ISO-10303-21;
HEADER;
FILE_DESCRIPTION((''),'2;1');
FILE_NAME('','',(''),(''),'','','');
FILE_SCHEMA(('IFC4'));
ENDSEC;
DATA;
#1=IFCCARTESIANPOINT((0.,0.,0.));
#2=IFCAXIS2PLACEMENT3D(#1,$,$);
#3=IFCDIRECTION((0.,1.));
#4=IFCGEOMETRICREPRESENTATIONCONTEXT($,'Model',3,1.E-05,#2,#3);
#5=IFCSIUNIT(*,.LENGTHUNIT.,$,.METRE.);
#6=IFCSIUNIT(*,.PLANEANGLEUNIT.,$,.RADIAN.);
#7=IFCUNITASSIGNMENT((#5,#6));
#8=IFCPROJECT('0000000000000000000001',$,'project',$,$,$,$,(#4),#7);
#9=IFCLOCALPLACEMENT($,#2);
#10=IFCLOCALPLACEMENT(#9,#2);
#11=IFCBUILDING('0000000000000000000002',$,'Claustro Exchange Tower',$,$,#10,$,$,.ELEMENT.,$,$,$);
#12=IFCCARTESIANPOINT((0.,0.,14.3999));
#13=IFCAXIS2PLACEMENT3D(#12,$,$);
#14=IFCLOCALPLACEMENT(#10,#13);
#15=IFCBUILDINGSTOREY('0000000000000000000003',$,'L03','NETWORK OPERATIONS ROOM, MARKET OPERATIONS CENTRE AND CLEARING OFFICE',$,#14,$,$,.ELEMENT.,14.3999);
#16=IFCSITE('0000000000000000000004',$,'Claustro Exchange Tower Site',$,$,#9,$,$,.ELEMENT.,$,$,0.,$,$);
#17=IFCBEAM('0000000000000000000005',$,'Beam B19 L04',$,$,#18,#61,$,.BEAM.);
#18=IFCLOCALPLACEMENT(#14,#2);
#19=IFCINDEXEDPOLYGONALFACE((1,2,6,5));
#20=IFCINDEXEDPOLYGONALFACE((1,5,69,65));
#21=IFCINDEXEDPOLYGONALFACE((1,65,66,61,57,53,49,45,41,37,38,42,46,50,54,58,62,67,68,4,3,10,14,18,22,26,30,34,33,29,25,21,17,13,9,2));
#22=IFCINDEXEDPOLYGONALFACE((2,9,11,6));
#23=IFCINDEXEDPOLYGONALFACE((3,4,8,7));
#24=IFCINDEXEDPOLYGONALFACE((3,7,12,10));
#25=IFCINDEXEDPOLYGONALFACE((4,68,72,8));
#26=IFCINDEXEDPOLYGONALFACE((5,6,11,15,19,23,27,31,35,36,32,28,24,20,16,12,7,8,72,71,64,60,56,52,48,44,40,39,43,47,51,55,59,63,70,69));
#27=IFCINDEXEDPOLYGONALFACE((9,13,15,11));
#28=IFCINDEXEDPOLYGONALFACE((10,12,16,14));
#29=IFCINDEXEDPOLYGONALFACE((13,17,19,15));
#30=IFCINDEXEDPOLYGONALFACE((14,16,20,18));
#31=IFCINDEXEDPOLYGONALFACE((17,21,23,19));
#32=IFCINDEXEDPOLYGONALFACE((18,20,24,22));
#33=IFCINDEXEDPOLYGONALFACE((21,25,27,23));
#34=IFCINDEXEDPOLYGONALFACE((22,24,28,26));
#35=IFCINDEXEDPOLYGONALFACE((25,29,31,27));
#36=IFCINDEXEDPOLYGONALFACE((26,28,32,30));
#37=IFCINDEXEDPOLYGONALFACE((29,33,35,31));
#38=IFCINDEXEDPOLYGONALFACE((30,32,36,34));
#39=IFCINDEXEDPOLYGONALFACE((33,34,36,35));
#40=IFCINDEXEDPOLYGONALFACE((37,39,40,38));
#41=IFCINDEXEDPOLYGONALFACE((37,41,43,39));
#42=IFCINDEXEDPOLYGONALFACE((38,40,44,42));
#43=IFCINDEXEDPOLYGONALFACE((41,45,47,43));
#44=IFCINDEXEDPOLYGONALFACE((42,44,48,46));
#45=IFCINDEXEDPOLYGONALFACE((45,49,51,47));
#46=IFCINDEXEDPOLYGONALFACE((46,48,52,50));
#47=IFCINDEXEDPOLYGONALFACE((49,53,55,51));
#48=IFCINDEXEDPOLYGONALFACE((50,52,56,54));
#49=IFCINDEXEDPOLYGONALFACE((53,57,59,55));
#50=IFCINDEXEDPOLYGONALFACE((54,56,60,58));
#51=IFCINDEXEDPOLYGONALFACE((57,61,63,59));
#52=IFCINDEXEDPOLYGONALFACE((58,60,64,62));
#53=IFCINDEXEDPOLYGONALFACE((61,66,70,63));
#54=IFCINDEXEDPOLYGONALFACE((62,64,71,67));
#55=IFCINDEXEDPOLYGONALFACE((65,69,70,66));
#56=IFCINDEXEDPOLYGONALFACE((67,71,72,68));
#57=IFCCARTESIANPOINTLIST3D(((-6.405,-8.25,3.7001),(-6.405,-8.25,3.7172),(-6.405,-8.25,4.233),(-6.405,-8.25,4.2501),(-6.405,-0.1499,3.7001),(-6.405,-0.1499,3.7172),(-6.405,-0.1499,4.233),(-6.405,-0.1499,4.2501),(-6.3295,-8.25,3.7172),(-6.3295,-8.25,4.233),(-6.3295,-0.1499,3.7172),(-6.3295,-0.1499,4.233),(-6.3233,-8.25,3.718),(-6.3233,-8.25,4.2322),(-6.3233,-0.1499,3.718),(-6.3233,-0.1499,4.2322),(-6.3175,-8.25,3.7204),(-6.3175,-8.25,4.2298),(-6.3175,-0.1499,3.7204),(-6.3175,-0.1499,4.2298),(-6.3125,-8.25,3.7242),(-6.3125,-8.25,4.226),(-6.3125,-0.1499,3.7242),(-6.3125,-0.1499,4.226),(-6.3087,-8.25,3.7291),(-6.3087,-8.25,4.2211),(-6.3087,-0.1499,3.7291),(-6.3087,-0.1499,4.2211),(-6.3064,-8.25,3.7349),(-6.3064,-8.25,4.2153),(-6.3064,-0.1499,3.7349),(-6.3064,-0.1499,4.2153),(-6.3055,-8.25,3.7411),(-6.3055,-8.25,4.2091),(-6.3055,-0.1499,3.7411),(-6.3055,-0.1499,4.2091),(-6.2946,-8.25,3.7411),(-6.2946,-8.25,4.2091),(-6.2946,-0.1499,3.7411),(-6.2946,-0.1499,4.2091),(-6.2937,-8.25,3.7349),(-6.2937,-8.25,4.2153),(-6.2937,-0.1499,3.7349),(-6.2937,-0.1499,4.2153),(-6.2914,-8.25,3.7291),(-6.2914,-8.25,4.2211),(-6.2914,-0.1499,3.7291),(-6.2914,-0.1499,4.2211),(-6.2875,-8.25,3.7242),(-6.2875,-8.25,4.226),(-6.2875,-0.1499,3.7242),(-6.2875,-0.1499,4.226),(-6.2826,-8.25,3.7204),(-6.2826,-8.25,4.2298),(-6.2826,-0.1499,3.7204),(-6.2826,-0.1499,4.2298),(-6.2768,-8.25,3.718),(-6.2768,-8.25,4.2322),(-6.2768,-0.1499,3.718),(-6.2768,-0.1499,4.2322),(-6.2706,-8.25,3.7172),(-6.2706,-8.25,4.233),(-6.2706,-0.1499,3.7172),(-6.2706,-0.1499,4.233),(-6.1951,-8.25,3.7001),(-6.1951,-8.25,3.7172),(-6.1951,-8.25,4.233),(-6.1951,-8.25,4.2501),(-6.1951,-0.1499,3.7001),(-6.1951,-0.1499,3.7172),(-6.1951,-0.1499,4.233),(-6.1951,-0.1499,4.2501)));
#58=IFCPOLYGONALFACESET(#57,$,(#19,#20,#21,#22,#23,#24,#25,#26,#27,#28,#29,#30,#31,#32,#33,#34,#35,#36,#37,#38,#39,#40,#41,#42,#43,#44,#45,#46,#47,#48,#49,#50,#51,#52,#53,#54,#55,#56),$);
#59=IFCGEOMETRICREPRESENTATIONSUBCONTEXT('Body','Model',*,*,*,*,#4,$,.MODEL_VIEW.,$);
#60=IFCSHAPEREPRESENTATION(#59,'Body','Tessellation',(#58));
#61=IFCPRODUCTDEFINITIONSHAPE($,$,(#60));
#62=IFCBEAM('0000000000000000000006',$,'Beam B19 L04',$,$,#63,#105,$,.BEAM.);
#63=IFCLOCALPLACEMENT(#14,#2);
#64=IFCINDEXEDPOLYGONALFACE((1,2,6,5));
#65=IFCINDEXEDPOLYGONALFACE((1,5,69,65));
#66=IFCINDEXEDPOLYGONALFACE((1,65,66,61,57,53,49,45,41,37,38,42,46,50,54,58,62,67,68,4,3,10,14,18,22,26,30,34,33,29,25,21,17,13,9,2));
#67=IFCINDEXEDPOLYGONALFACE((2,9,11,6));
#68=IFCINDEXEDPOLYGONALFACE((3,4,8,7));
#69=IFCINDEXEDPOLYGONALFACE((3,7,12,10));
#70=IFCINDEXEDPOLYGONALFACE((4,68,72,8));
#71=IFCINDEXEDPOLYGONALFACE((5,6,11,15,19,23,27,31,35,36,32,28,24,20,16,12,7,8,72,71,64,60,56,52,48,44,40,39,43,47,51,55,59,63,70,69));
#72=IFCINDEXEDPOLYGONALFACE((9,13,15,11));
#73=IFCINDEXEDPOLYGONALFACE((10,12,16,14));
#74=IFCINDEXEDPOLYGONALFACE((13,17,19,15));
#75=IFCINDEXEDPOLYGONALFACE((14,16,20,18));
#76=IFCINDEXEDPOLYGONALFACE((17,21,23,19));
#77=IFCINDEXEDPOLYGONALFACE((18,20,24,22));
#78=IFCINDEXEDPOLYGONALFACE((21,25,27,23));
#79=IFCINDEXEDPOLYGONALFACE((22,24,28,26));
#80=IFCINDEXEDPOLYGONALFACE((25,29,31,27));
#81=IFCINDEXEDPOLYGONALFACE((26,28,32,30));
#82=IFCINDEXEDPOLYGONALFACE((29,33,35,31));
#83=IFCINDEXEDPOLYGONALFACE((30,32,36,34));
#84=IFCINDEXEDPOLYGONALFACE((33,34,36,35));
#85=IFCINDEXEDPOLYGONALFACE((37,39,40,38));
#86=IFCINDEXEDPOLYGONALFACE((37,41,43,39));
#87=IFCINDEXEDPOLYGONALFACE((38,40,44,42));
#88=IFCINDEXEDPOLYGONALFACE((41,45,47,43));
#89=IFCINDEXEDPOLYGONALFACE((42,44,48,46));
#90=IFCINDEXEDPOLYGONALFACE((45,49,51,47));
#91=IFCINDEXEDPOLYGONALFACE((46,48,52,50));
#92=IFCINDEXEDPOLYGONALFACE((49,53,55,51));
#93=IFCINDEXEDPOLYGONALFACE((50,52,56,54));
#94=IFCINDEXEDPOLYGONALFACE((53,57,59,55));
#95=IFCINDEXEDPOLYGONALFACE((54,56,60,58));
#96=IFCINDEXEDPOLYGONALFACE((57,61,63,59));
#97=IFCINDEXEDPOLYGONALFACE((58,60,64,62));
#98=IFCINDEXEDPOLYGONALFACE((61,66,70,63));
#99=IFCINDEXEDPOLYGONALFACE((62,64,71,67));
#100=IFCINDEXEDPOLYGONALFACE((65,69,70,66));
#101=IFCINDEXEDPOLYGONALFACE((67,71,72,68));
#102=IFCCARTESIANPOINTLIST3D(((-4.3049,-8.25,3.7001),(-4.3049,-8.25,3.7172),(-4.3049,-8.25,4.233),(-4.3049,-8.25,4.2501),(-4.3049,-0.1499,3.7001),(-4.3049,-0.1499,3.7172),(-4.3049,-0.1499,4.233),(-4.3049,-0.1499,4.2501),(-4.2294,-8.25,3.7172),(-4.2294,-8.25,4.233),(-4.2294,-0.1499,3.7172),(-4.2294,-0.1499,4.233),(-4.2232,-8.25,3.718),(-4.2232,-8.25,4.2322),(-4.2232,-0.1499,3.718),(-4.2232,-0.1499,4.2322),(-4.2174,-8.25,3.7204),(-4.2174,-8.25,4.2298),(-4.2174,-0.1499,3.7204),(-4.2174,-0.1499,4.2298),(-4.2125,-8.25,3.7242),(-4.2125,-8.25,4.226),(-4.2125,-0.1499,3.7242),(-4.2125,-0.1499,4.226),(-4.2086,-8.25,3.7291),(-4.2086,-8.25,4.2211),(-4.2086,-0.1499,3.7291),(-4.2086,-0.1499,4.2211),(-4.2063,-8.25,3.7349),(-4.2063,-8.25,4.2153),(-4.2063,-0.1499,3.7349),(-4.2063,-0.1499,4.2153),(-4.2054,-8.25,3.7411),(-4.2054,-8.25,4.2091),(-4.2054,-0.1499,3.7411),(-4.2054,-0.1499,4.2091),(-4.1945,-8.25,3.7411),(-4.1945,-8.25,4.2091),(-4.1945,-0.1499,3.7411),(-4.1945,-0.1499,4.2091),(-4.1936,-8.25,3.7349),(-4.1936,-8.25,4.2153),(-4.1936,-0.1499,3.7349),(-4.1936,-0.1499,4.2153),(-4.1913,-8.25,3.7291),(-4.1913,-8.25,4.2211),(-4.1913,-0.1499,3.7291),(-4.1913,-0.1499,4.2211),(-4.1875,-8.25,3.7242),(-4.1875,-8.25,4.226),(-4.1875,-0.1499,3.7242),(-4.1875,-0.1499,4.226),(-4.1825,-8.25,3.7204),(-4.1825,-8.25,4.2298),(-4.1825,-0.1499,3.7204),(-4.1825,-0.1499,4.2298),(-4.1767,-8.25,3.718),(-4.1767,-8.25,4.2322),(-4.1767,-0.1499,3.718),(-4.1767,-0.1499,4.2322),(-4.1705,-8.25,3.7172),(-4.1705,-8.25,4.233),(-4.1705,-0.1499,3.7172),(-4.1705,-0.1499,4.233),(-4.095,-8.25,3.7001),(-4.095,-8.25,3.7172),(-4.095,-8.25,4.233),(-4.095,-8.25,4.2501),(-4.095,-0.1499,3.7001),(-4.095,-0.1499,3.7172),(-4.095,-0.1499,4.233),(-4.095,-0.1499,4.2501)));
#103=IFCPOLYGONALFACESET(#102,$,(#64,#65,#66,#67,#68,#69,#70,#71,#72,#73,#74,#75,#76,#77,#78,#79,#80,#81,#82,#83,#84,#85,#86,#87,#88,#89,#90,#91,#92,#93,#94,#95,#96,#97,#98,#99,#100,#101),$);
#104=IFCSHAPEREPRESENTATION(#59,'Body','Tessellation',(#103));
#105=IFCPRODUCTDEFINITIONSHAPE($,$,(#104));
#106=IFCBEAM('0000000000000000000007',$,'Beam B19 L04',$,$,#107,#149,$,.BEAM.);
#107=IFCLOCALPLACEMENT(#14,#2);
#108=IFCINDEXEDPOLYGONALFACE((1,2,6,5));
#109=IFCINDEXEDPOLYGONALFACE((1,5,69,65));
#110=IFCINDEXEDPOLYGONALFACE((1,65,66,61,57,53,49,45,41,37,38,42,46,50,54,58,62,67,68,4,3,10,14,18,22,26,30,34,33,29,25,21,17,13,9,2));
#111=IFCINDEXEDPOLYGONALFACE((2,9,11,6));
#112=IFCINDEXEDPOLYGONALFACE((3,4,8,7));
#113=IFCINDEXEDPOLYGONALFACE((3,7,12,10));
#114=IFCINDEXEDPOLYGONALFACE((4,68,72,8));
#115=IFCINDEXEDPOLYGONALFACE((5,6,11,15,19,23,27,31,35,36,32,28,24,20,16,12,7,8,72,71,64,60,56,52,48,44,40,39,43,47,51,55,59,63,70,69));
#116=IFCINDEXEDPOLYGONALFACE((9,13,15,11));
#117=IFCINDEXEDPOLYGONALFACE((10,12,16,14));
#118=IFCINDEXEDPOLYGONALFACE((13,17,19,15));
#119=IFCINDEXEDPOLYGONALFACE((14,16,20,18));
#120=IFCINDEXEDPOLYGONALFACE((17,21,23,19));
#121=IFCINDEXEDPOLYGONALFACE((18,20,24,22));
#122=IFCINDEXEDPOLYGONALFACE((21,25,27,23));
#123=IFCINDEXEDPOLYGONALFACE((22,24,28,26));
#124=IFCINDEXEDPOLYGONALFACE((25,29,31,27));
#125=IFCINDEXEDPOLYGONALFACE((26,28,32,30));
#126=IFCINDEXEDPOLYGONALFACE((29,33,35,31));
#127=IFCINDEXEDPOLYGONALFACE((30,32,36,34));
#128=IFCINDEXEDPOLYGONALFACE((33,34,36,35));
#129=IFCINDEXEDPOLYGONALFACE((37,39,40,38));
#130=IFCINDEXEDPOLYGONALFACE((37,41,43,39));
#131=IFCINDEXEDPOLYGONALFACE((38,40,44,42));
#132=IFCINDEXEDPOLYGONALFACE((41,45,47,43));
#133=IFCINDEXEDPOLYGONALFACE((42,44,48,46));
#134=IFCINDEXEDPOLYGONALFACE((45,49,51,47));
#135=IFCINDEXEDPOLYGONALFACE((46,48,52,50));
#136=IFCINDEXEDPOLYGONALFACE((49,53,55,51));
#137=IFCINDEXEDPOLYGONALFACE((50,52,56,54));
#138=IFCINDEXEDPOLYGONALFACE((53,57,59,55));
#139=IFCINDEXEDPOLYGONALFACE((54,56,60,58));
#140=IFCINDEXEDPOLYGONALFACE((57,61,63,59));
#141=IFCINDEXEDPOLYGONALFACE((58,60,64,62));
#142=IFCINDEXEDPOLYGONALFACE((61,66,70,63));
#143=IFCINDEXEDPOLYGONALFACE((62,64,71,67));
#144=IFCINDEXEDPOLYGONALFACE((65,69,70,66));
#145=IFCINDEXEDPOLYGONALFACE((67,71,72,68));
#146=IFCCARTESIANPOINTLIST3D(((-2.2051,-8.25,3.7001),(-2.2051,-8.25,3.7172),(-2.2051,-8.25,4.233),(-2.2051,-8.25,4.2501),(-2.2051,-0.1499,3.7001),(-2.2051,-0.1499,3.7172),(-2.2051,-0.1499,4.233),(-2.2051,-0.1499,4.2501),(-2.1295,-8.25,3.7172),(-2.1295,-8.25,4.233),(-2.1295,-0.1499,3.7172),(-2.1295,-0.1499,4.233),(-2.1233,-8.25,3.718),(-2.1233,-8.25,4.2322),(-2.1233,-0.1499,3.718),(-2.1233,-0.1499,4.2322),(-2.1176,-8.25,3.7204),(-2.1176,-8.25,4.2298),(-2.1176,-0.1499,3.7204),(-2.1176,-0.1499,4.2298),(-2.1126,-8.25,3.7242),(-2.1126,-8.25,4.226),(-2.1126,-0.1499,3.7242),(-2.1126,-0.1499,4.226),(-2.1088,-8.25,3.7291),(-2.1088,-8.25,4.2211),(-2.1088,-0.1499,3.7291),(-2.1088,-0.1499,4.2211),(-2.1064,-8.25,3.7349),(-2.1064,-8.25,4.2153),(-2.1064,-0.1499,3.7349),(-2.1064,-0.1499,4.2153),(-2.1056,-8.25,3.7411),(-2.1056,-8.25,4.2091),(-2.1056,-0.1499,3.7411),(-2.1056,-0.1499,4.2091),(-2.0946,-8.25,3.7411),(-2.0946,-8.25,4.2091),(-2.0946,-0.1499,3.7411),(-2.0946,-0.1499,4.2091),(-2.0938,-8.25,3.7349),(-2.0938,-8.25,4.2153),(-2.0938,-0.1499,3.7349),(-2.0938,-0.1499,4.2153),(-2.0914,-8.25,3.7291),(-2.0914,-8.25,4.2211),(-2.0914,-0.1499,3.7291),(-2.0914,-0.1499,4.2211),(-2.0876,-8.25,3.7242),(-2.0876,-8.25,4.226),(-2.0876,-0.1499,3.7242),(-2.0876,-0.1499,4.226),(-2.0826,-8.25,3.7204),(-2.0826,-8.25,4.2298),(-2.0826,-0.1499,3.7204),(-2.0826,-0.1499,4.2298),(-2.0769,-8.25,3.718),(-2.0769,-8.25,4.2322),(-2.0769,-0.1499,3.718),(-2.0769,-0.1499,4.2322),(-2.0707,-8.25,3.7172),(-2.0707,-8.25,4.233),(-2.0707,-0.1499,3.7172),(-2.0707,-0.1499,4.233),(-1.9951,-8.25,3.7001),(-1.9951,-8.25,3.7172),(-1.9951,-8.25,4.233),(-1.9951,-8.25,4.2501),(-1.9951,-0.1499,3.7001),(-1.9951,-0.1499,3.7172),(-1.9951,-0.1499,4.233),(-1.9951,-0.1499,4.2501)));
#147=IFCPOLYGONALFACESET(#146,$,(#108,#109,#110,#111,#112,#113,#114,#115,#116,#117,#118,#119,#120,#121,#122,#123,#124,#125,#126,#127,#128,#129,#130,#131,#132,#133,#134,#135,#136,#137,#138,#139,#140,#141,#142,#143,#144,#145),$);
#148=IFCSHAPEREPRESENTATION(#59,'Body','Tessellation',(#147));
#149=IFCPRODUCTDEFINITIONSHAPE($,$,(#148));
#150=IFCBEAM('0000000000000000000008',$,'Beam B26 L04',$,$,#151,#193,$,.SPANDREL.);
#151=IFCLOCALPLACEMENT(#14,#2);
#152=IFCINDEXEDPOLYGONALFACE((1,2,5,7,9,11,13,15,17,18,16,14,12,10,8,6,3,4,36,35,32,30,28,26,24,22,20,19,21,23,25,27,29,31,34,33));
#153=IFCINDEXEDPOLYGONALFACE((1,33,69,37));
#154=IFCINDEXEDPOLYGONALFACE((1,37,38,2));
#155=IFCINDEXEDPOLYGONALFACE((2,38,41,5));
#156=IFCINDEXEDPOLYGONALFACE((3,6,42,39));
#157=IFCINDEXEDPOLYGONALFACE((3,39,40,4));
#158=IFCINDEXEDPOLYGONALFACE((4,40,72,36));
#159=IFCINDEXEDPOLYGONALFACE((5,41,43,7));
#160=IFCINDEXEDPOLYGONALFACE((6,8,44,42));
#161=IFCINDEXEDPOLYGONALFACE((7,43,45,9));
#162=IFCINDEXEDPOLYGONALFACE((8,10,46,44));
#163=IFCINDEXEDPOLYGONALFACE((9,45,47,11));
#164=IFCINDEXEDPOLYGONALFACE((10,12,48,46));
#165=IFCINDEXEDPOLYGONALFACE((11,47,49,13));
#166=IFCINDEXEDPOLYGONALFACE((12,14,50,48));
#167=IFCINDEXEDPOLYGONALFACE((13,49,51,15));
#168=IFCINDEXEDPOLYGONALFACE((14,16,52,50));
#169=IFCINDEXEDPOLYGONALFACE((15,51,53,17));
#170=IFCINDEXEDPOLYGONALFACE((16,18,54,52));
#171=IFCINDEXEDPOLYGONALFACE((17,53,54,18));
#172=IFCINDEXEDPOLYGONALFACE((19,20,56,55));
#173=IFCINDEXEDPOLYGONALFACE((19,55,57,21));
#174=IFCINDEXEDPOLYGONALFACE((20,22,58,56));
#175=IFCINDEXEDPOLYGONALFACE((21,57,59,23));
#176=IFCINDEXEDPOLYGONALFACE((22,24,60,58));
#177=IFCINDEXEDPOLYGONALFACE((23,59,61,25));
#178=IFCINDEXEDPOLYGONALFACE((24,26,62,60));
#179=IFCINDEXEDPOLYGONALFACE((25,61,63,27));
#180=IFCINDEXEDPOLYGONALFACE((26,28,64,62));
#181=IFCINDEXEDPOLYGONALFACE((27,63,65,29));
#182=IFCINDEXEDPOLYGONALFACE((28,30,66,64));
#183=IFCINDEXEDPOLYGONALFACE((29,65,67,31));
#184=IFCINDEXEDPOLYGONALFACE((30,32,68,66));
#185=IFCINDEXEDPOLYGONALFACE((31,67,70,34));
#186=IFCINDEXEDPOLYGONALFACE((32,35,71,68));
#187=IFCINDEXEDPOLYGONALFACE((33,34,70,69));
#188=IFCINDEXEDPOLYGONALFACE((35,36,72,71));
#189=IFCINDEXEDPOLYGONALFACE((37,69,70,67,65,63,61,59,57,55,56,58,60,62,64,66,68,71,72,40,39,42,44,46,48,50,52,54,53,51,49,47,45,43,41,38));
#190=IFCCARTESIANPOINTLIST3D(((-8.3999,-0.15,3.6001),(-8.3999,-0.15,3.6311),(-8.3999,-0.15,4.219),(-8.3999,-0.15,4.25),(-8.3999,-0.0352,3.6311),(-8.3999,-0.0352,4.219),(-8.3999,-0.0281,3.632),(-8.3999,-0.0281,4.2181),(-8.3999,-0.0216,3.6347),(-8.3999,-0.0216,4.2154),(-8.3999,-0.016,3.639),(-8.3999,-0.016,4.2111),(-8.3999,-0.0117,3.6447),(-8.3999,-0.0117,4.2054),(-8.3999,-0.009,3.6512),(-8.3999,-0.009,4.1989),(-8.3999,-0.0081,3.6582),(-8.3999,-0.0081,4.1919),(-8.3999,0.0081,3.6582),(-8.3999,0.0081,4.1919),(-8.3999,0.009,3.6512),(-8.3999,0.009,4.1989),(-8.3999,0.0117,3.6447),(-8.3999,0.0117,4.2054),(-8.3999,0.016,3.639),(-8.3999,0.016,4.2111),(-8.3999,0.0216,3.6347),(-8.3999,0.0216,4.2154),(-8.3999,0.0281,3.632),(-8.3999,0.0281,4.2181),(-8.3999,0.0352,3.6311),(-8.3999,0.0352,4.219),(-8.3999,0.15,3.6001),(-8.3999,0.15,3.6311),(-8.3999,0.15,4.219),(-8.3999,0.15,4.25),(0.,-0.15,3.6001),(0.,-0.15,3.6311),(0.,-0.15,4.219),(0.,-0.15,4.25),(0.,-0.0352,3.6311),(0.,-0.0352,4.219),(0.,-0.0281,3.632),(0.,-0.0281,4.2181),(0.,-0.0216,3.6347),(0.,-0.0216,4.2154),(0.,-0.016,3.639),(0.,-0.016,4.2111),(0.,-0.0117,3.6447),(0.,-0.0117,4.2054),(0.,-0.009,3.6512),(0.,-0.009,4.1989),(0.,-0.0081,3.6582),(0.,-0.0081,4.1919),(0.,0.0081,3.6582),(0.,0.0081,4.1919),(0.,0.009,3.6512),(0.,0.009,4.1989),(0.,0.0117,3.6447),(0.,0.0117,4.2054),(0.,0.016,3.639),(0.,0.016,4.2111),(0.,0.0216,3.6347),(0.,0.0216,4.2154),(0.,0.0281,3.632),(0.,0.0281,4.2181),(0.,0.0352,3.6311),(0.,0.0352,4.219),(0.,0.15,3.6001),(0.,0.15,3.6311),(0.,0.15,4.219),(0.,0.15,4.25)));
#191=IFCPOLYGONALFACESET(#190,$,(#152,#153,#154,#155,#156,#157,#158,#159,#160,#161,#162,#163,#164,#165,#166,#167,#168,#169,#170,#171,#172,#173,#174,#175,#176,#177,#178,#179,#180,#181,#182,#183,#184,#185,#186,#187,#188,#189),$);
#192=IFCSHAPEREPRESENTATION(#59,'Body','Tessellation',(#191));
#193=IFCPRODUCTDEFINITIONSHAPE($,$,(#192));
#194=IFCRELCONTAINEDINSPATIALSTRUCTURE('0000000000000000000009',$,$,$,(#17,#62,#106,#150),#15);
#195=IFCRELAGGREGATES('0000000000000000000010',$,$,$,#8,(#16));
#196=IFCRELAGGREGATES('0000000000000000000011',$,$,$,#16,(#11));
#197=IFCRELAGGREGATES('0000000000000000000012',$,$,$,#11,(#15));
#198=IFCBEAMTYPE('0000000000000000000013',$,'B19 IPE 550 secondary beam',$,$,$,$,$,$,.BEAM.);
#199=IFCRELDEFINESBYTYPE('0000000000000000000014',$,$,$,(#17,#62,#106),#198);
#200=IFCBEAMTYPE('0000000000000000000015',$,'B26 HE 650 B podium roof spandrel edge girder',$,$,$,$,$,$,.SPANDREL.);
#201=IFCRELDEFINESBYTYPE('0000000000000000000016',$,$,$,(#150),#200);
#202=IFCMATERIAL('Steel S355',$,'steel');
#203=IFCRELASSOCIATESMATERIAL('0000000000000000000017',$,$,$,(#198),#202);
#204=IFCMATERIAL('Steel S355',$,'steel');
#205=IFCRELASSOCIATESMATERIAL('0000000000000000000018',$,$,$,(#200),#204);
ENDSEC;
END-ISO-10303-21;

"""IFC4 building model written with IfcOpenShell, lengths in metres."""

from ifc_helpers import new_model, si_unit, direction, frame, origin, origin_2d, place, context, subcontext, project, spatial, i_section, extrude, material, material_profile, profile_set, type_object, element, save


model = new_model("IFC4")

# Units and contexts
model_context = context("Model", 3, precision=1e-05, world=origin(), true_north=direction((0.0, 1.0)))
body_context = subcontext(model_context, "Body", "Model", "MODEL_VIEW")
ifc_project = project(units=[si_unit("LENGTHUNIT", "METRE"), si_unit("PLANEANGLEUNIT", "RADIAN")], contexts=[model_context])

# Site, building, storey
site_placement = place(None, origin())
site = spatial("IfcSite", under=ifc_project, at=site_placement, Name="Claustro Exchange Tower Site", CompositionType="ELEMENT", RefElevation=0.0)
building_placement = place(site_placement, origin())
building = spatial("IfcBuilding", under=site, at=building_placement, Name="Claustro Exchange Tower", CompositionType="ELEMENT")
storey_placement = place(building_placement, frame((0.0, 0.0, 14.3999)))
storey = spatial("IfcBuildingStorey", under=building, at=storey_placement, Name="L03", Description="NETWORK OPERATIONS ROOM, MARKET OPERATIONS CENTRE AND CLEARING OFFICE", CompositionType="ELEMENT", Elevation=14.3999)

# Beams
ifc_material_1 = material(Name="Steel S355", Category="steel")
ifc_material_profile_1 = material_profile(ifc_material_1, i_section(OverallWidth=0.21, OverallDepth=0.55, WebThickness=0.011, FlangeThickness=0.0171, FilletRadius=0.0239, at=origin_2d()), Name="IPE 550")
ifc_profile_set_1 = profile_set([ifc_material_profile_1], Name="Steel S355")
beam_type_1 = type_object("IfcBeamType", Name="B19 IPE 550 secondary beam", PredefinedType="BEAM", material=ifc_profile_set_1)
for number, where, z_axis, x_axis, name in (
    (1, (-6.3, -8.25, 3.9751), (0.0, 1.0, 0.0), (-1.0, 0.0, 0.0), "Beam B19 L04"),
    (2, (-4.2, -8.25, 3.9751), (0.0, 1.0, 0.0), (-1.0, 0.0, 0.0), "Beam B19 L04"),
    (3, (-2.1001, -8.25, 3.9751), (0.0, 1.0, 0.0), (-1.0, 0.0, 0.0), "Beam B19 L04"),
):
    element("IfcBeam", number, at=place(storey_placement, frame(where, z_axis=z_axis, x_axis=x_axis)), inside=storey, type_object=beam_type_1, Name=name, PredefinedType="BEAM", context=body_context, shape_type="SweptSolid", body=[
        extrude(i_section(OverallWidth=0.21, OverallDepth=0.55, WebThickness=0.011, FlangeThickness=0.0171, FilletRadius=0.0239, at=origin_2d()), origin(), (0.0, 0.0, 1.0), 8.1001),
    ])
ifc_material_2 = material(Name="Steel S355", Category="steel")
ifc_material_profile_2 = material_profile(ifc_material_2, i_section(OverallWidth=0.3, OverallDepth=0.6499, WebThickness=0.0161, FlangeThickness=0.031, FilletRadius=0.0271, at=origin_2d()), Name="HE 650 B")
ifc_profile_set_2 = profile_set([ifc_material_profile_2], Name="Steel S355")
beam_type_2 = type_object("IfcBeamType", Name="B26 HE 650 B podium roof spandrel edge girder", PredefinedType="SPANDREL", material=ifc_profile_set_2)
beam_placement = place(storey_placement, frame((-8.3999, 0.0, 3.925), z_axis=(1.0, 0.0, 0.0), x_axis=(0.0, 1.0, 0.0)))
element("IfcBeam", 4, at=beam_placement, inside=storey, type_object=beam_type_2, Name="Beam B26 L04", PredefinedType="SPANDREL", context=body_context, shape_type="SweptSolid", body=[
    extrude(i_section(OverallWidth=0.3, OverallDepth=0.6499, WebThickness=0.0161, FlangeThickness=0.031, FilletRadius=0.0271, at=origin_2d()), origin(), (0.0, 0.0, 1.0), 8.3999),
])

save(model, "model.ifc")
